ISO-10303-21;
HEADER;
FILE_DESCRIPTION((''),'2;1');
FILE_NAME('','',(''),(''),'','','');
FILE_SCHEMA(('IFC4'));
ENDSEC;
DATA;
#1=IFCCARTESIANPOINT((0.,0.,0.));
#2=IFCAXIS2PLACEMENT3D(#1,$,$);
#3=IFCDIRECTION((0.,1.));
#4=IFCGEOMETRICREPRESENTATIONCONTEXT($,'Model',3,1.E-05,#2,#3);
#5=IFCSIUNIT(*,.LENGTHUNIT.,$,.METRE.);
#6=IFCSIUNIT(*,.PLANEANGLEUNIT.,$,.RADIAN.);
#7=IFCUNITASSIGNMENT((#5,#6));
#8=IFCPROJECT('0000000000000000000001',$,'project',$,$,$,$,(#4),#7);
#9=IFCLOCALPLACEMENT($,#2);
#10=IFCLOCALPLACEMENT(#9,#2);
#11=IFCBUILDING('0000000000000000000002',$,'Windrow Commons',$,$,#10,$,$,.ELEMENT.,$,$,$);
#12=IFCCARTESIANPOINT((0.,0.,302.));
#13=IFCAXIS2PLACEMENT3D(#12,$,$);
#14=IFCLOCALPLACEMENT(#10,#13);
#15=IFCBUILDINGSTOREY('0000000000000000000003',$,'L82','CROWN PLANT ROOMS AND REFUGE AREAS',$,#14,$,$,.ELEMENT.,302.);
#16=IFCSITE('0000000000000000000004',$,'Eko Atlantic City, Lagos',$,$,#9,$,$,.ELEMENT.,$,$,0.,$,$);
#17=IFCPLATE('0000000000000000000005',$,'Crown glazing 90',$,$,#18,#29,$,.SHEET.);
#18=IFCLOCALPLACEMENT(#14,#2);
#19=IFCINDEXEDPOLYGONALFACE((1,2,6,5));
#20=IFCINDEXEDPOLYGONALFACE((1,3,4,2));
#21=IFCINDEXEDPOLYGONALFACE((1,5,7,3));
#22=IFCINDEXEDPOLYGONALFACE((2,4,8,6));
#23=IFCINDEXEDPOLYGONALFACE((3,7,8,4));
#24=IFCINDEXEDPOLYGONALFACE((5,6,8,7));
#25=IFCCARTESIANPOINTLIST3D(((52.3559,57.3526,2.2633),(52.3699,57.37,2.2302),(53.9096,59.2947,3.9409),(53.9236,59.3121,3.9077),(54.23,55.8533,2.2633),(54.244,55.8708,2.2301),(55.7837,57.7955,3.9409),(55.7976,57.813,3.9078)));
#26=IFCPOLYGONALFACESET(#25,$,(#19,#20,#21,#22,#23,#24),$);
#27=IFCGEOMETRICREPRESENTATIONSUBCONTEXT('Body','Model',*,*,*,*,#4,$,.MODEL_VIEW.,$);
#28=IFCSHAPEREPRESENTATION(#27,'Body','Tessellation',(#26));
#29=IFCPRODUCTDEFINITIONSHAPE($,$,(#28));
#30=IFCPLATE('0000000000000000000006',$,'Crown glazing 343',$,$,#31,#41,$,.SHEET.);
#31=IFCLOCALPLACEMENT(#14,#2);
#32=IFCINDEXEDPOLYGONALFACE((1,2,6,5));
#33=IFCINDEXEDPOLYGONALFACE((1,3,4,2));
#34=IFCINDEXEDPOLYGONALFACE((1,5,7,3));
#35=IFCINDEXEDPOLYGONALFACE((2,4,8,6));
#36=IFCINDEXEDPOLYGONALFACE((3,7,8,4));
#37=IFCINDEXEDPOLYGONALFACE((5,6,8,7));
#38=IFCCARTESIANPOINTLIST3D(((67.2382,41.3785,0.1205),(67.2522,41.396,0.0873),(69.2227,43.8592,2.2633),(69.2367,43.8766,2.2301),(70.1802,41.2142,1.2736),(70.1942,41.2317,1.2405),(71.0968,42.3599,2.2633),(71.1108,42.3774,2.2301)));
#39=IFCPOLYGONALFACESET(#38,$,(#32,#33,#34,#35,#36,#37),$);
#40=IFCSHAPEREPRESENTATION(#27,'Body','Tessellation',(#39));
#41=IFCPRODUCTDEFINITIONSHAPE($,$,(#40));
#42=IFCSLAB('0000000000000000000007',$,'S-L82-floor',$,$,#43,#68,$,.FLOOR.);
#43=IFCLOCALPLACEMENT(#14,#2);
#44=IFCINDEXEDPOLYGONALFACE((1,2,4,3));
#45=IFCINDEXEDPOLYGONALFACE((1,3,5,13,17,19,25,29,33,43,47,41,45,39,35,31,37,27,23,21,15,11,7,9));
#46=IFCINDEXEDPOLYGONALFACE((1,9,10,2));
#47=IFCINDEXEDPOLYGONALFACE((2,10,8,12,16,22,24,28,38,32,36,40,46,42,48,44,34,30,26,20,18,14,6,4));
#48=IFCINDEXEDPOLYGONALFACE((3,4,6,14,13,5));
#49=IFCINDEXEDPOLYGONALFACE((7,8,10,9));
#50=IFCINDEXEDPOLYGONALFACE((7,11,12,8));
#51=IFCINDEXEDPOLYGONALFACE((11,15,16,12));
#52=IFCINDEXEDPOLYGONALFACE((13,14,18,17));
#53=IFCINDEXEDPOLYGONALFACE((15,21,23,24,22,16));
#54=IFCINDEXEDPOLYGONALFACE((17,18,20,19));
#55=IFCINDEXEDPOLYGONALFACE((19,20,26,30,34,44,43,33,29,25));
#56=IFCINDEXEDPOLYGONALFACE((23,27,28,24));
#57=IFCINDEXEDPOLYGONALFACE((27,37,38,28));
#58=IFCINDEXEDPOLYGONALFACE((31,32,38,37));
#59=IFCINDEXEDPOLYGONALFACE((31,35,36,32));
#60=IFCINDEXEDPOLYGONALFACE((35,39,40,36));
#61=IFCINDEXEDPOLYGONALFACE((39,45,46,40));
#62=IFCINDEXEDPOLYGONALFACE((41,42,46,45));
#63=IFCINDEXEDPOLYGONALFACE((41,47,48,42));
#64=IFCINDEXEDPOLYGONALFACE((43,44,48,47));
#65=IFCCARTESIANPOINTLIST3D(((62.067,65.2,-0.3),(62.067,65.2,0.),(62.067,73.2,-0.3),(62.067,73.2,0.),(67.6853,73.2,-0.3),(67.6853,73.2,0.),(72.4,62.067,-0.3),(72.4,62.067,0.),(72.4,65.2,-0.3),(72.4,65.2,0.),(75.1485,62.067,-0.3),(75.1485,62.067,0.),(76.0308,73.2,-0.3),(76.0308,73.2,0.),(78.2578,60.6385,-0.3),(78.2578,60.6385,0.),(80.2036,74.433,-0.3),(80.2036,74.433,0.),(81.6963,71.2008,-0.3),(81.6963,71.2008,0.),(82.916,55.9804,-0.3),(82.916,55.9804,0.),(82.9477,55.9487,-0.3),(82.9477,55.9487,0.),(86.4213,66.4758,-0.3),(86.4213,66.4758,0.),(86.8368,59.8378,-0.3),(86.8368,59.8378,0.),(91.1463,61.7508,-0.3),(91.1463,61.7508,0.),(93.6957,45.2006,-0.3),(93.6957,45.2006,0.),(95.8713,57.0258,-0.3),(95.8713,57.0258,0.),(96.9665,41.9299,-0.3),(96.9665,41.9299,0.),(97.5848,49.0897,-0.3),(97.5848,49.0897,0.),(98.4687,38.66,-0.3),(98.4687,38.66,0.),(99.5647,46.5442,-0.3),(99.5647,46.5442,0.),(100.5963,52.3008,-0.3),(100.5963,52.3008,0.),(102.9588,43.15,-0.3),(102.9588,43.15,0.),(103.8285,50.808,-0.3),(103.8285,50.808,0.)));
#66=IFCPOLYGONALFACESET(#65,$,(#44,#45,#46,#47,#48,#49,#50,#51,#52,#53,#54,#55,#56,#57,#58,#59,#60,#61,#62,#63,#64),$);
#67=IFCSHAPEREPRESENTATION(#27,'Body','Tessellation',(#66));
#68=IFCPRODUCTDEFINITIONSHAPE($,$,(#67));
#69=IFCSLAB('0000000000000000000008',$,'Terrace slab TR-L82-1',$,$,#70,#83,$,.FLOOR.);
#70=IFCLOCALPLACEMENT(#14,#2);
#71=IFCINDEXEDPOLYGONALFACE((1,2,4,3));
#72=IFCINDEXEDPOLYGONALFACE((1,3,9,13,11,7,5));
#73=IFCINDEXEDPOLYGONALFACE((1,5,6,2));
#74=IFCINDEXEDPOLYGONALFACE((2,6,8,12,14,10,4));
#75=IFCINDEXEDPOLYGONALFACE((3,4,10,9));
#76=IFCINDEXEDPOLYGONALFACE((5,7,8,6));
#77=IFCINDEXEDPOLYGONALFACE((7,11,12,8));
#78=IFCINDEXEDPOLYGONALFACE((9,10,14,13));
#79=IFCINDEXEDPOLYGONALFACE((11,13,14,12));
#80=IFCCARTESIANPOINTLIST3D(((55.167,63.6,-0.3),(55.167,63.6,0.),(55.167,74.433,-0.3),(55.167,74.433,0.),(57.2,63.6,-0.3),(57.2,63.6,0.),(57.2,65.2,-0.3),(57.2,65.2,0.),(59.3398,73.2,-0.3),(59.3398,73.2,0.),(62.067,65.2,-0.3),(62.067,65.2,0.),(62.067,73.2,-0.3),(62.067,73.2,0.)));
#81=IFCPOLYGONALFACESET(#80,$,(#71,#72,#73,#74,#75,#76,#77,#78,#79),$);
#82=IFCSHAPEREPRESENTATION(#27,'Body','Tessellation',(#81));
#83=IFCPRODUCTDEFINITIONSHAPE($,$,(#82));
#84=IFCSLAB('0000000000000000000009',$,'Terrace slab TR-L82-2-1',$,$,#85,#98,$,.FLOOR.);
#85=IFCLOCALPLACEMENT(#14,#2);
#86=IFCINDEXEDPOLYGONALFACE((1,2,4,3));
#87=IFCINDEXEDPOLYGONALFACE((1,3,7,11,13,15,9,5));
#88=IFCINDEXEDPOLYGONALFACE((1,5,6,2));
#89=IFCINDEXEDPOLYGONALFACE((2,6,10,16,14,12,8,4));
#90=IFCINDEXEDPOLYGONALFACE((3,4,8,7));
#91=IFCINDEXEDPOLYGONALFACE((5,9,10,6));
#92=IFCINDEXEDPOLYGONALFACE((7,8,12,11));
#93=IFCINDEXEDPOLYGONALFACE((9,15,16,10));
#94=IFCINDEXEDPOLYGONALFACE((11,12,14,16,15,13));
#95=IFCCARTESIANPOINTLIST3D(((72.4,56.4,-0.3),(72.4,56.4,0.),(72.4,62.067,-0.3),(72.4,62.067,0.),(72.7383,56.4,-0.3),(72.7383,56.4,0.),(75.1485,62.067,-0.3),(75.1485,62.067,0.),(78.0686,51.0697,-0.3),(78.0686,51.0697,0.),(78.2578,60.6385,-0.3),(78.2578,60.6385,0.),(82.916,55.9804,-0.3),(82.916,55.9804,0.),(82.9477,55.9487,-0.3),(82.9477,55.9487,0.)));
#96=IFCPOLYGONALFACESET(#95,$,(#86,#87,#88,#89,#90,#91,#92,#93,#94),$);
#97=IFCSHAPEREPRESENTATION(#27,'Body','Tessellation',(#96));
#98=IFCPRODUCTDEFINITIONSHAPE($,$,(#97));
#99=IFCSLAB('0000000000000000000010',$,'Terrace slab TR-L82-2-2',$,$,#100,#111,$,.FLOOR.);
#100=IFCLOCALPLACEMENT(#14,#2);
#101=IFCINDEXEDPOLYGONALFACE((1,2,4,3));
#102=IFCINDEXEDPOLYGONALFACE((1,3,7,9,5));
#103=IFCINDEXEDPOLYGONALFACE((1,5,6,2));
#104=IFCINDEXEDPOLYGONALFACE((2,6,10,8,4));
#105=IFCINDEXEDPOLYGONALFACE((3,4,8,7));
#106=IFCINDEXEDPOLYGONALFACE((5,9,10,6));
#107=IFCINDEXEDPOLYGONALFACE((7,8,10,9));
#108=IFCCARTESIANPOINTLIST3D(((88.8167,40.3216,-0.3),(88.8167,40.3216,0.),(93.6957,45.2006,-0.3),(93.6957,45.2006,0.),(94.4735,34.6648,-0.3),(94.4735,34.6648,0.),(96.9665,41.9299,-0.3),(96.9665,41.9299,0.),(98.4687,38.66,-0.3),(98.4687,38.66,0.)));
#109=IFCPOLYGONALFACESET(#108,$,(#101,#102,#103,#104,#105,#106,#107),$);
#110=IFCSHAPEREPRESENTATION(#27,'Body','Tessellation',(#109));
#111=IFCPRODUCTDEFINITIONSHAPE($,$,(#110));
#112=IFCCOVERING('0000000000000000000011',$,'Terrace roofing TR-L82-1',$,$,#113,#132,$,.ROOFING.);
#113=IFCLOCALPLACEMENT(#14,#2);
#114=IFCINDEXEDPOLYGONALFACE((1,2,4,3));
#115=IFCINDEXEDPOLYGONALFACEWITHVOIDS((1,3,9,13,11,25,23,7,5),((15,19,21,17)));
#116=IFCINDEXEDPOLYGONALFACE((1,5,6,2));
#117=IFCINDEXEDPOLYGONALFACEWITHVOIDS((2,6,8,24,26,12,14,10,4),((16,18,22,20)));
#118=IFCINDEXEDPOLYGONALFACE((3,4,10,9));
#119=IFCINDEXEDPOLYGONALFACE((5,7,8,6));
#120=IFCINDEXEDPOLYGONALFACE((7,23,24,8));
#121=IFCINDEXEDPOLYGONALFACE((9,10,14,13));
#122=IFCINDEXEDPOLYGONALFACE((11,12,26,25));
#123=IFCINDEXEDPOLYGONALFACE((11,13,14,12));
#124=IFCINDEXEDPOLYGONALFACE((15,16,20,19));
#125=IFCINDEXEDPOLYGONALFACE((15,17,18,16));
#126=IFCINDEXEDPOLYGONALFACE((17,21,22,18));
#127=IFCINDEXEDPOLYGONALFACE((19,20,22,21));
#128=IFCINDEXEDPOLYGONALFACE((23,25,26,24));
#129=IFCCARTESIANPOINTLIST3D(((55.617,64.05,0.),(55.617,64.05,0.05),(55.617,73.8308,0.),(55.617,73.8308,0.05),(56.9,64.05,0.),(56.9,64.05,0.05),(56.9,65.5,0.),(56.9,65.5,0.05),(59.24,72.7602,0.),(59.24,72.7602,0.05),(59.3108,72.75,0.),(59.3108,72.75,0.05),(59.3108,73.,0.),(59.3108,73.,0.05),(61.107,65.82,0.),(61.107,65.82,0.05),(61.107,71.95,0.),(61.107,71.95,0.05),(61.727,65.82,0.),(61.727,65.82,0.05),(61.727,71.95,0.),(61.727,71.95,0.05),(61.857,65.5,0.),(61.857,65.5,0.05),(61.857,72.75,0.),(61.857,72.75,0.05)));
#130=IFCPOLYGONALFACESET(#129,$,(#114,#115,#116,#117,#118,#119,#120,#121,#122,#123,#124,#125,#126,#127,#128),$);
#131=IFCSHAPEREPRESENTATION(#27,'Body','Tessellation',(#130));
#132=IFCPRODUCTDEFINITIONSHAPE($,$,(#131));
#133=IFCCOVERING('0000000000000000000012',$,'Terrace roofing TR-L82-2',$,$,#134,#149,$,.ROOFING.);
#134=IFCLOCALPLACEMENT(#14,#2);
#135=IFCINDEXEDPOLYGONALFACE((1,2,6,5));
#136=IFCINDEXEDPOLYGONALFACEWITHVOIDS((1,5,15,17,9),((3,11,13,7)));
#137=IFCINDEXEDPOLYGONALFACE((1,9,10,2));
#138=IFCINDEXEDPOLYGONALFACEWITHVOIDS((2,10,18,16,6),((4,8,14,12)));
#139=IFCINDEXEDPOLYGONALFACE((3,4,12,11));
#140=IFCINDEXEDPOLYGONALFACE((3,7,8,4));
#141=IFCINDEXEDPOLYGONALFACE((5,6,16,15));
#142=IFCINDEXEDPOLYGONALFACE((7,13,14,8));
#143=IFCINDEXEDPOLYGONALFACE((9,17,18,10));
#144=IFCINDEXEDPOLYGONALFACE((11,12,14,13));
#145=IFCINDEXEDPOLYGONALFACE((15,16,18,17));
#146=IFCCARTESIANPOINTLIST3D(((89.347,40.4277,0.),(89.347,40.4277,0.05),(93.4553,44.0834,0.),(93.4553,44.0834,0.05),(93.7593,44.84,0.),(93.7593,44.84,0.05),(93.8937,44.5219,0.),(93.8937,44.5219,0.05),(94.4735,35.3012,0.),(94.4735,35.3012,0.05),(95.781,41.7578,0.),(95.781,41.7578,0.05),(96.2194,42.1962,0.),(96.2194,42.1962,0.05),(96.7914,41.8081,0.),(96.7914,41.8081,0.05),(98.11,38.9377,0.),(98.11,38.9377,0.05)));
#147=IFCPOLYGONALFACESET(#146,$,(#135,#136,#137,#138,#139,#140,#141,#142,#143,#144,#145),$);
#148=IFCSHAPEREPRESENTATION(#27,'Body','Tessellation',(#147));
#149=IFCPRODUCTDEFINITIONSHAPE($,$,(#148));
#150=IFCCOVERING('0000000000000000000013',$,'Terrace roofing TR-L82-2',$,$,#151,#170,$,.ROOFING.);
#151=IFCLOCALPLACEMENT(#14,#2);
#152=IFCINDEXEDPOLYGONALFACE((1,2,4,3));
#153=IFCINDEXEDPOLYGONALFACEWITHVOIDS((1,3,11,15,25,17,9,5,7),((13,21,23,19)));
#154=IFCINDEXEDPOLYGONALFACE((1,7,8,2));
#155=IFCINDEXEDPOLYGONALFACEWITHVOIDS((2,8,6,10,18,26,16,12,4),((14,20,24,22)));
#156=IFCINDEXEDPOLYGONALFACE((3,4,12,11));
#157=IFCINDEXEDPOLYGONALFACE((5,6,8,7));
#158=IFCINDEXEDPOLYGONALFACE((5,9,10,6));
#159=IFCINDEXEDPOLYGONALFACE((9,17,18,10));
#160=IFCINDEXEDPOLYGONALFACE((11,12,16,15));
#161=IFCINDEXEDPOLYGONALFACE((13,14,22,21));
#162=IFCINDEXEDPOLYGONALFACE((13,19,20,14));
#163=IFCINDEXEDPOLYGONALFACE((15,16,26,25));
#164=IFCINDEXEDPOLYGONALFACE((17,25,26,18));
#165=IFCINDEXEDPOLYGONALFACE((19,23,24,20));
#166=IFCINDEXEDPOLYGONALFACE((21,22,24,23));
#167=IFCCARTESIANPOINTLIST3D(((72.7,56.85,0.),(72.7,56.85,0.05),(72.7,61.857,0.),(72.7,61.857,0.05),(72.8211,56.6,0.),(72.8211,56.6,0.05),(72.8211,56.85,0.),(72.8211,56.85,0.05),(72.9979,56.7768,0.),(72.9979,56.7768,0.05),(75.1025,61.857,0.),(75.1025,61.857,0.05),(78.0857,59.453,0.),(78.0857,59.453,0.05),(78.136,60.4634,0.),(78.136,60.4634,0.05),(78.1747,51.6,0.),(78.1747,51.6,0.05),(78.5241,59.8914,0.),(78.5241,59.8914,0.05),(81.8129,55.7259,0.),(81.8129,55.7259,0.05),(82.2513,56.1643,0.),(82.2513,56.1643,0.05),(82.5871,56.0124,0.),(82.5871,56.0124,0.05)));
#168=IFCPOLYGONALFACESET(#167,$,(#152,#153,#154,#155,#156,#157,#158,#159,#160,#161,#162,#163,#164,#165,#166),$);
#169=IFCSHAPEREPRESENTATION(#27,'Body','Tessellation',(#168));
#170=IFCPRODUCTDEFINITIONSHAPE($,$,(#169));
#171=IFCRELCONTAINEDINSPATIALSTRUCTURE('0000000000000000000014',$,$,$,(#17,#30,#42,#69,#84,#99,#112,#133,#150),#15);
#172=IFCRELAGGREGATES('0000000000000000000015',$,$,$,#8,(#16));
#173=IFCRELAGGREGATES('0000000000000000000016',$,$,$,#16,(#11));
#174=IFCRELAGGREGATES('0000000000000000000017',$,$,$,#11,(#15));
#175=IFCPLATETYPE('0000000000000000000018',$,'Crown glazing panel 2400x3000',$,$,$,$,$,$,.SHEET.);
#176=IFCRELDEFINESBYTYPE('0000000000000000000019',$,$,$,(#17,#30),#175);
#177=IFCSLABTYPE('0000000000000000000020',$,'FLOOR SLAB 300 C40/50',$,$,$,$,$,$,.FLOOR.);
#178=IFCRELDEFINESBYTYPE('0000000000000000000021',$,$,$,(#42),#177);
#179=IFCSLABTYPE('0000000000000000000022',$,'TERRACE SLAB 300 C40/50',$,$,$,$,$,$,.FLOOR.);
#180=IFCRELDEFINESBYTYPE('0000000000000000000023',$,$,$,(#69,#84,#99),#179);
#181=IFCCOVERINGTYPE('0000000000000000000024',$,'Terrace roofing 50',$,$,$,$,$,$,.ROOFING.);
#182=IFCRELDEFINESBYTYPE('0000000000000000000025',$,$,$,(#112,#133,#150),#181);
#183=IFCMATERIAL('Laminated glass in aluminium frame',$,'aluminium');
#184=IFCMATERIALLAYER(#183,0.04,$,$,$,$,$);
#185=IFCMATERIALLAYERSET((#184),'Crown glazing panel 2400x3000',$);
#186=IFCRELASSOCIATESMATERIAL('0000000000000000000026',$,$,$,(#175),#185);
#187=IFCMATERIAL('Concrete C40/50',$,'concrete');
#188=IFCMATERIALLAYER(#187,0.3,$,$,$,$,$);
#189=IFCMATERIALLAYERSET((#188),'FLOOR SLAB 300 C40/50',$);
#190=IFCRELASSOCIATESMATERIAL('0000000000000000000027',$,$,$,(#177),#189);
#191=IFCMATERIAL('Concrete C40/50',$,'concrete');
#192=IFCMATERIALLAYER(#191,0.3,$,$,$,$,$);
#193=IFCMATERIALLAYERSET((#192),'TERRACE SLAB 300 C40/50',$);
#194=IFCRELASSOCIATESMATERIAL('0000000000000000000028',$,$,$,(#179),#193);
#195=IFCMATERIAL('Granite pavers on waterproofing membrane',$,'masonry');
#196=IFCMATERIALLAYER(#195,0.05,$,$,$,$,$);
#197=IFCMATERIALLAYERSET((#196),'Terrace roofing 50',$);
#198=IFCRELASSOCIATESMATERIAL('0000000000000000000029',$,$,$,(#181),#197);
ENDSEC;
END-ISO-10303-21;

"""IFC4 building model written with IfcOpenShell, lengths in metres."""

from ifc_helpers import new_model, si_unit, direction, frame, origin, place, context, subcontext, project, spatial, polyline, outline, extrude, material, layer, layer_set, type_object, element, save


model = new_model("IFC4")

# Units and contexts
model_context = context("Model", 3, precision=1e-05, world=origin(), true_north=direction((0.0, 1.0)))
body_context = subcontext(model_context, "Body", "Model", "MODEL_VIEW")
ifc_project = project(units=[si_unit("LENGTHUNIT", "METRE"), si_unit("PLANEANGLEUNIT", "RADIAN")], contexts=[model_context])

# Site, building, storey
site_placement = place(None, origin())
site = spatial("IfcSite", under=ifc_project, at=site_placement, Name="Eko Atlantic City, Lagos", CompositionType="ELEMENT", RefElevation=0.0)
building_placement = place(site_placement, origin())
building = spatial("IfcBuilding", under=site, at=building_placement, Name="Windrow Commons", CompositionType="ELEMENT")
storey_placement = place(building_placement, frame((0.0, 0.0, 302.0)))
storey = spatial("IfcBuildingStorey", under=building, at=storey_placement, Name="L82", Description="CROWN PLANT ROOMS AND REFUGE AREAS", CompositionType="ELEMENT", Elevation=302.0)

# Shared definitions
placement_1 = place(storey_placement, frame((0.0, 0.0, -0.3)))

# Shared definitions
placement_2 = place(storey_placement, origin())

# Plates
ifc_material_1 = material(Name="Laminated glass in aluminium frame", Category="aluminium")
ifc_layer_1 = layer(ifc_material_1, 0.04)
ifc_layer_set_1 = layer_set([ifc_layer_1], Name="Crown glazing panel 2400x3000")
plate_type = type_object("IfcPlateType", Name="Crown glazing panel 2400x3000", PredefinedType="SHEET", material=ifc_layer_set_1)
plate_1_placement = place(storey_placement, frame((54.23, 55.8533, 2.2633), z_axis=(-0.34932, -0.436659, 0.829038), x_axis=(-0.780868, 0.624696, 0.000008)))
element("IfcPlate", 1, at=plate_1_placement, inside=storey, type_object=plate_type, Name="Crown glazing 90", PredefinedType="SHEET", context=body_context, shape_type="SweptSolid", body=[
    extrude(outline(polyline([(0.0, 0.0), (2.4, 0.0), (2.4, -3.0), (0.0001, -3.0001), (0.0, 0.0)])), origin(), (0.0, 0.0, -1.0), 0.04),
])
plate_2_placement = place(storey_placement, frame((67.2382, 41.3785, 0.1205), z_axis=(-0.349326, -0.436663, 0.829033), x_axis=(0.517883, 0.647374, 0.559199)))
element("IfcPlate", 2, at=plate_2_placement, inside=storey, type_object=plate_type, Name="Crown glazing 343", PredefinedType="SHEET", context=body_context, shape_type="SweptSolid", body=[
    extrude(outline(polyline([(0.0, 0.0), (3.8319, 0.0), (3.8319, -2.4), (2.0621, -2.4), (0.0, 0.0)])), origin(), (0.0, 0.0, -1.0), 0.04),
])

# Slabs
ifc_material_2 = material(Name="Concrete C40/50", Category="concrete")
ifc_layer_2 = layer(ifc_material_2, 0.3)
ifc_layer_set_2 = layer_set([ifc_layer_2], Name="FLOOR SLAB 300 C40/50")
slab_type_1 = type_object("IfcSlabType", Name="FLOOR SLAB 300 C40/50", PredefinedType="FLOOR", material=ifc_layer_set_2)
element("IfcSlab", 3, at=placement_1, inside=storey, type_object=slab_type_1, Name="S-L82-floor", PredefinedType="FLOOR", context=body_context, shape_type="SweptSolid", body=[
    extrude(outline(polyline([(98.4687, 38.66), (94.4735, 34.6648), (102.9588, 43.15), (99.5647, 46.5442), (103.8285, 50.808), (100.5963, 52.3008), (95.8713, 57.0258), (91.1463, 61.7508), (86.4213, 66.4758), (81.6963, 71.2008), (80.2036, 74.433), (76.0308, 73.2), (67.6853, 73.2), (62.067, 73.2), (62.067, 65.2), (72.4, 65.2), (72.4, 62.067), (75.1485, 62.067), (78.2578, 60.6385), (82.916, 55.9804), (82.9477, 55.9487), (86.8368, 59.8378), (97.5848, 49.0897), (93.6957, 45.2006), (96.9665, 41.9299), (98.4687, 38.66)])), origin(), (0.0, 0.0, 1.0), 0.3),
])
ifc_material_3 = material(Name="Concrete C40/50", Category="concrete")
ifc_layer_3 = layer(ifc_material_3, 0.3)
ifc_layer_set_3 = layer_set([ifc_layer_3], Name="TERRACE SLAB 300 C40/50")
slab_type_2 = type_object("IfcSlabType", Name="TERRACE SLAB 300 C40/50", PredefinedType="FLOOR", material=ifc_layer_set_3)
element("IfcSlab", 4, at=placement_1, inside=storey, type_object=slab_type_2, Name="Terrace slab TR-L82-1", PredefinedType="FLOOR", context=body_context, shape_type="SweptSolid", body=[
    extrude(outline(polyline([(55.167, 63.6), (57.2, 63.6), (57.2, 65.2), (62.067, 65.2), (62.067, 73.2), (59.3398, 73.2), (55.167, 74.433), (55.167, 63.6)])), origin(), (0.0, 0.0, 1.0), 0.3),
])
element("IfcSlab", 5, at=placement_1, inside=storey, type_object=slab_type_2, Name="Terrace slab TR-L82-2-1", PredefinedType="FLOOR", context=body_context, shape_type="SweptSolid", body=[
    extrude(outline(polyline([(72.4, 56.4), (72.7383, 56.4), (78.0686, 51.0697), (82.9477, 55.9487), (82.916, 55.9804), (78.2578, 60.6385), (75.1485, 62.067), (72.4, 62.067), (72.4, 56.4)])), origin(), (0.0, 0.0, 1.0), 0.3),
])
element("IfcSlab", 6, at=placement_1, inside=storey, type_object=slab_type_2, Name="Terrace slab TR-L82-2-2", PredefinedType="FLOOR", context=body_context, shape_type="SweptSolid", body=[
    extrude(outline(polyline([(98.4687, 38.66), (96.9665, 41.9299), (93.6957, 45.2006), (88.8167, 40.3216), (94.4735, 34.6648), (98.4687, 38.66)])), origin(), (0.0, 0.0, 1.0), 0.3),
])

# Coverings
ifc_material_4 = material(Name="Granite pavers on waterproofing membrane", Category="masonry")
ifc_layer_4 = layer(ifc_material_4, 0.05)
ifc_layer_set_4 = layer_set([ifc_layer_4], Name="Terrace roofing 50")
covering_type = type_object("IfcCoveringType", Name="Terrace roofing 50", PredefinedType="ROOFING", material=ifc_layer_set_4)
element("IfcCovering", 7, at=placement_2, inside=storey, type_object=covering_type, Name="Terrace roofing TR-L82-1", PredefinedType="ROOFING", context=body_context, shape_type="SweptSolid", body=[
    extrude(outline(polyline([(59.3108, 72.75), (61.857, 72.75), (61.857, 65.5), (56.9, 65.5), (56.9, 64.05), (55.617, 64.05), (55.617, 73.8308), (59.24, 72.7602), (59.3108, 73.0), (59.3108, 72.75)]), holes=[polyline([(61.727, 71.95), (61.107, 71.95), (61.107, 65.82), (61.727, 65.82), (61.727, 71.95)])]), origin(), (0.0, 0.0, 1.0), 0.05),
])
element("IfcCovering", 8, at=placement_2, inside=storey, type_object=covering_type, Name="Terrace roofing TR-L82-2", PredefinedType="ROOFING", context=body_context, shape_type="SweptSolid", body=[
    extrude(outline(polyline([(93.7593, 44.84), (96.7914, 41.8081), (98.11, 38.9377), (94.4735, 35.3012), (89.347, 40.4277), (93.8371, 44.9178), (93.7593, 44.84)]), holes=[polyline([(93.8937, 44.5219), (93.4553, 44.0834), (95.781, 41.7578), (96.2194, 42.1962), (93.8937, 44.5219)])]), origin(), (0.0, 0.0, 1.0), 0.05),
])
element("IfcCovering", 9, at=placement_2, inside=storey, type_object=covering_type, Name="Terrace roofing TR-L82-2", PredefinedType="ROOFING", context=body_context, shape_type="SweptSolid", body=[
    extrude(outline(polyline([(72.7, 56.85), (72.7, 61.857), (75.1025, 61.857), (78.136, 60.4634), (82.5871, 56.0124), (78.1747, 51.6), (72.9979, 56.7768), (72.8211, 56.6), (72.8211, 56.85), (72.7, 56.85)]), holes=[polyline([(82.2513, 56.1643), (78.5241, 59.8914), (78.0857, 59.453), (81.8129, 55.7259), (82.2513, 56.1643)])]), origin(), (0.0, 0.0, 1.0), 0.05),
])

save(model, "model.ifc")
